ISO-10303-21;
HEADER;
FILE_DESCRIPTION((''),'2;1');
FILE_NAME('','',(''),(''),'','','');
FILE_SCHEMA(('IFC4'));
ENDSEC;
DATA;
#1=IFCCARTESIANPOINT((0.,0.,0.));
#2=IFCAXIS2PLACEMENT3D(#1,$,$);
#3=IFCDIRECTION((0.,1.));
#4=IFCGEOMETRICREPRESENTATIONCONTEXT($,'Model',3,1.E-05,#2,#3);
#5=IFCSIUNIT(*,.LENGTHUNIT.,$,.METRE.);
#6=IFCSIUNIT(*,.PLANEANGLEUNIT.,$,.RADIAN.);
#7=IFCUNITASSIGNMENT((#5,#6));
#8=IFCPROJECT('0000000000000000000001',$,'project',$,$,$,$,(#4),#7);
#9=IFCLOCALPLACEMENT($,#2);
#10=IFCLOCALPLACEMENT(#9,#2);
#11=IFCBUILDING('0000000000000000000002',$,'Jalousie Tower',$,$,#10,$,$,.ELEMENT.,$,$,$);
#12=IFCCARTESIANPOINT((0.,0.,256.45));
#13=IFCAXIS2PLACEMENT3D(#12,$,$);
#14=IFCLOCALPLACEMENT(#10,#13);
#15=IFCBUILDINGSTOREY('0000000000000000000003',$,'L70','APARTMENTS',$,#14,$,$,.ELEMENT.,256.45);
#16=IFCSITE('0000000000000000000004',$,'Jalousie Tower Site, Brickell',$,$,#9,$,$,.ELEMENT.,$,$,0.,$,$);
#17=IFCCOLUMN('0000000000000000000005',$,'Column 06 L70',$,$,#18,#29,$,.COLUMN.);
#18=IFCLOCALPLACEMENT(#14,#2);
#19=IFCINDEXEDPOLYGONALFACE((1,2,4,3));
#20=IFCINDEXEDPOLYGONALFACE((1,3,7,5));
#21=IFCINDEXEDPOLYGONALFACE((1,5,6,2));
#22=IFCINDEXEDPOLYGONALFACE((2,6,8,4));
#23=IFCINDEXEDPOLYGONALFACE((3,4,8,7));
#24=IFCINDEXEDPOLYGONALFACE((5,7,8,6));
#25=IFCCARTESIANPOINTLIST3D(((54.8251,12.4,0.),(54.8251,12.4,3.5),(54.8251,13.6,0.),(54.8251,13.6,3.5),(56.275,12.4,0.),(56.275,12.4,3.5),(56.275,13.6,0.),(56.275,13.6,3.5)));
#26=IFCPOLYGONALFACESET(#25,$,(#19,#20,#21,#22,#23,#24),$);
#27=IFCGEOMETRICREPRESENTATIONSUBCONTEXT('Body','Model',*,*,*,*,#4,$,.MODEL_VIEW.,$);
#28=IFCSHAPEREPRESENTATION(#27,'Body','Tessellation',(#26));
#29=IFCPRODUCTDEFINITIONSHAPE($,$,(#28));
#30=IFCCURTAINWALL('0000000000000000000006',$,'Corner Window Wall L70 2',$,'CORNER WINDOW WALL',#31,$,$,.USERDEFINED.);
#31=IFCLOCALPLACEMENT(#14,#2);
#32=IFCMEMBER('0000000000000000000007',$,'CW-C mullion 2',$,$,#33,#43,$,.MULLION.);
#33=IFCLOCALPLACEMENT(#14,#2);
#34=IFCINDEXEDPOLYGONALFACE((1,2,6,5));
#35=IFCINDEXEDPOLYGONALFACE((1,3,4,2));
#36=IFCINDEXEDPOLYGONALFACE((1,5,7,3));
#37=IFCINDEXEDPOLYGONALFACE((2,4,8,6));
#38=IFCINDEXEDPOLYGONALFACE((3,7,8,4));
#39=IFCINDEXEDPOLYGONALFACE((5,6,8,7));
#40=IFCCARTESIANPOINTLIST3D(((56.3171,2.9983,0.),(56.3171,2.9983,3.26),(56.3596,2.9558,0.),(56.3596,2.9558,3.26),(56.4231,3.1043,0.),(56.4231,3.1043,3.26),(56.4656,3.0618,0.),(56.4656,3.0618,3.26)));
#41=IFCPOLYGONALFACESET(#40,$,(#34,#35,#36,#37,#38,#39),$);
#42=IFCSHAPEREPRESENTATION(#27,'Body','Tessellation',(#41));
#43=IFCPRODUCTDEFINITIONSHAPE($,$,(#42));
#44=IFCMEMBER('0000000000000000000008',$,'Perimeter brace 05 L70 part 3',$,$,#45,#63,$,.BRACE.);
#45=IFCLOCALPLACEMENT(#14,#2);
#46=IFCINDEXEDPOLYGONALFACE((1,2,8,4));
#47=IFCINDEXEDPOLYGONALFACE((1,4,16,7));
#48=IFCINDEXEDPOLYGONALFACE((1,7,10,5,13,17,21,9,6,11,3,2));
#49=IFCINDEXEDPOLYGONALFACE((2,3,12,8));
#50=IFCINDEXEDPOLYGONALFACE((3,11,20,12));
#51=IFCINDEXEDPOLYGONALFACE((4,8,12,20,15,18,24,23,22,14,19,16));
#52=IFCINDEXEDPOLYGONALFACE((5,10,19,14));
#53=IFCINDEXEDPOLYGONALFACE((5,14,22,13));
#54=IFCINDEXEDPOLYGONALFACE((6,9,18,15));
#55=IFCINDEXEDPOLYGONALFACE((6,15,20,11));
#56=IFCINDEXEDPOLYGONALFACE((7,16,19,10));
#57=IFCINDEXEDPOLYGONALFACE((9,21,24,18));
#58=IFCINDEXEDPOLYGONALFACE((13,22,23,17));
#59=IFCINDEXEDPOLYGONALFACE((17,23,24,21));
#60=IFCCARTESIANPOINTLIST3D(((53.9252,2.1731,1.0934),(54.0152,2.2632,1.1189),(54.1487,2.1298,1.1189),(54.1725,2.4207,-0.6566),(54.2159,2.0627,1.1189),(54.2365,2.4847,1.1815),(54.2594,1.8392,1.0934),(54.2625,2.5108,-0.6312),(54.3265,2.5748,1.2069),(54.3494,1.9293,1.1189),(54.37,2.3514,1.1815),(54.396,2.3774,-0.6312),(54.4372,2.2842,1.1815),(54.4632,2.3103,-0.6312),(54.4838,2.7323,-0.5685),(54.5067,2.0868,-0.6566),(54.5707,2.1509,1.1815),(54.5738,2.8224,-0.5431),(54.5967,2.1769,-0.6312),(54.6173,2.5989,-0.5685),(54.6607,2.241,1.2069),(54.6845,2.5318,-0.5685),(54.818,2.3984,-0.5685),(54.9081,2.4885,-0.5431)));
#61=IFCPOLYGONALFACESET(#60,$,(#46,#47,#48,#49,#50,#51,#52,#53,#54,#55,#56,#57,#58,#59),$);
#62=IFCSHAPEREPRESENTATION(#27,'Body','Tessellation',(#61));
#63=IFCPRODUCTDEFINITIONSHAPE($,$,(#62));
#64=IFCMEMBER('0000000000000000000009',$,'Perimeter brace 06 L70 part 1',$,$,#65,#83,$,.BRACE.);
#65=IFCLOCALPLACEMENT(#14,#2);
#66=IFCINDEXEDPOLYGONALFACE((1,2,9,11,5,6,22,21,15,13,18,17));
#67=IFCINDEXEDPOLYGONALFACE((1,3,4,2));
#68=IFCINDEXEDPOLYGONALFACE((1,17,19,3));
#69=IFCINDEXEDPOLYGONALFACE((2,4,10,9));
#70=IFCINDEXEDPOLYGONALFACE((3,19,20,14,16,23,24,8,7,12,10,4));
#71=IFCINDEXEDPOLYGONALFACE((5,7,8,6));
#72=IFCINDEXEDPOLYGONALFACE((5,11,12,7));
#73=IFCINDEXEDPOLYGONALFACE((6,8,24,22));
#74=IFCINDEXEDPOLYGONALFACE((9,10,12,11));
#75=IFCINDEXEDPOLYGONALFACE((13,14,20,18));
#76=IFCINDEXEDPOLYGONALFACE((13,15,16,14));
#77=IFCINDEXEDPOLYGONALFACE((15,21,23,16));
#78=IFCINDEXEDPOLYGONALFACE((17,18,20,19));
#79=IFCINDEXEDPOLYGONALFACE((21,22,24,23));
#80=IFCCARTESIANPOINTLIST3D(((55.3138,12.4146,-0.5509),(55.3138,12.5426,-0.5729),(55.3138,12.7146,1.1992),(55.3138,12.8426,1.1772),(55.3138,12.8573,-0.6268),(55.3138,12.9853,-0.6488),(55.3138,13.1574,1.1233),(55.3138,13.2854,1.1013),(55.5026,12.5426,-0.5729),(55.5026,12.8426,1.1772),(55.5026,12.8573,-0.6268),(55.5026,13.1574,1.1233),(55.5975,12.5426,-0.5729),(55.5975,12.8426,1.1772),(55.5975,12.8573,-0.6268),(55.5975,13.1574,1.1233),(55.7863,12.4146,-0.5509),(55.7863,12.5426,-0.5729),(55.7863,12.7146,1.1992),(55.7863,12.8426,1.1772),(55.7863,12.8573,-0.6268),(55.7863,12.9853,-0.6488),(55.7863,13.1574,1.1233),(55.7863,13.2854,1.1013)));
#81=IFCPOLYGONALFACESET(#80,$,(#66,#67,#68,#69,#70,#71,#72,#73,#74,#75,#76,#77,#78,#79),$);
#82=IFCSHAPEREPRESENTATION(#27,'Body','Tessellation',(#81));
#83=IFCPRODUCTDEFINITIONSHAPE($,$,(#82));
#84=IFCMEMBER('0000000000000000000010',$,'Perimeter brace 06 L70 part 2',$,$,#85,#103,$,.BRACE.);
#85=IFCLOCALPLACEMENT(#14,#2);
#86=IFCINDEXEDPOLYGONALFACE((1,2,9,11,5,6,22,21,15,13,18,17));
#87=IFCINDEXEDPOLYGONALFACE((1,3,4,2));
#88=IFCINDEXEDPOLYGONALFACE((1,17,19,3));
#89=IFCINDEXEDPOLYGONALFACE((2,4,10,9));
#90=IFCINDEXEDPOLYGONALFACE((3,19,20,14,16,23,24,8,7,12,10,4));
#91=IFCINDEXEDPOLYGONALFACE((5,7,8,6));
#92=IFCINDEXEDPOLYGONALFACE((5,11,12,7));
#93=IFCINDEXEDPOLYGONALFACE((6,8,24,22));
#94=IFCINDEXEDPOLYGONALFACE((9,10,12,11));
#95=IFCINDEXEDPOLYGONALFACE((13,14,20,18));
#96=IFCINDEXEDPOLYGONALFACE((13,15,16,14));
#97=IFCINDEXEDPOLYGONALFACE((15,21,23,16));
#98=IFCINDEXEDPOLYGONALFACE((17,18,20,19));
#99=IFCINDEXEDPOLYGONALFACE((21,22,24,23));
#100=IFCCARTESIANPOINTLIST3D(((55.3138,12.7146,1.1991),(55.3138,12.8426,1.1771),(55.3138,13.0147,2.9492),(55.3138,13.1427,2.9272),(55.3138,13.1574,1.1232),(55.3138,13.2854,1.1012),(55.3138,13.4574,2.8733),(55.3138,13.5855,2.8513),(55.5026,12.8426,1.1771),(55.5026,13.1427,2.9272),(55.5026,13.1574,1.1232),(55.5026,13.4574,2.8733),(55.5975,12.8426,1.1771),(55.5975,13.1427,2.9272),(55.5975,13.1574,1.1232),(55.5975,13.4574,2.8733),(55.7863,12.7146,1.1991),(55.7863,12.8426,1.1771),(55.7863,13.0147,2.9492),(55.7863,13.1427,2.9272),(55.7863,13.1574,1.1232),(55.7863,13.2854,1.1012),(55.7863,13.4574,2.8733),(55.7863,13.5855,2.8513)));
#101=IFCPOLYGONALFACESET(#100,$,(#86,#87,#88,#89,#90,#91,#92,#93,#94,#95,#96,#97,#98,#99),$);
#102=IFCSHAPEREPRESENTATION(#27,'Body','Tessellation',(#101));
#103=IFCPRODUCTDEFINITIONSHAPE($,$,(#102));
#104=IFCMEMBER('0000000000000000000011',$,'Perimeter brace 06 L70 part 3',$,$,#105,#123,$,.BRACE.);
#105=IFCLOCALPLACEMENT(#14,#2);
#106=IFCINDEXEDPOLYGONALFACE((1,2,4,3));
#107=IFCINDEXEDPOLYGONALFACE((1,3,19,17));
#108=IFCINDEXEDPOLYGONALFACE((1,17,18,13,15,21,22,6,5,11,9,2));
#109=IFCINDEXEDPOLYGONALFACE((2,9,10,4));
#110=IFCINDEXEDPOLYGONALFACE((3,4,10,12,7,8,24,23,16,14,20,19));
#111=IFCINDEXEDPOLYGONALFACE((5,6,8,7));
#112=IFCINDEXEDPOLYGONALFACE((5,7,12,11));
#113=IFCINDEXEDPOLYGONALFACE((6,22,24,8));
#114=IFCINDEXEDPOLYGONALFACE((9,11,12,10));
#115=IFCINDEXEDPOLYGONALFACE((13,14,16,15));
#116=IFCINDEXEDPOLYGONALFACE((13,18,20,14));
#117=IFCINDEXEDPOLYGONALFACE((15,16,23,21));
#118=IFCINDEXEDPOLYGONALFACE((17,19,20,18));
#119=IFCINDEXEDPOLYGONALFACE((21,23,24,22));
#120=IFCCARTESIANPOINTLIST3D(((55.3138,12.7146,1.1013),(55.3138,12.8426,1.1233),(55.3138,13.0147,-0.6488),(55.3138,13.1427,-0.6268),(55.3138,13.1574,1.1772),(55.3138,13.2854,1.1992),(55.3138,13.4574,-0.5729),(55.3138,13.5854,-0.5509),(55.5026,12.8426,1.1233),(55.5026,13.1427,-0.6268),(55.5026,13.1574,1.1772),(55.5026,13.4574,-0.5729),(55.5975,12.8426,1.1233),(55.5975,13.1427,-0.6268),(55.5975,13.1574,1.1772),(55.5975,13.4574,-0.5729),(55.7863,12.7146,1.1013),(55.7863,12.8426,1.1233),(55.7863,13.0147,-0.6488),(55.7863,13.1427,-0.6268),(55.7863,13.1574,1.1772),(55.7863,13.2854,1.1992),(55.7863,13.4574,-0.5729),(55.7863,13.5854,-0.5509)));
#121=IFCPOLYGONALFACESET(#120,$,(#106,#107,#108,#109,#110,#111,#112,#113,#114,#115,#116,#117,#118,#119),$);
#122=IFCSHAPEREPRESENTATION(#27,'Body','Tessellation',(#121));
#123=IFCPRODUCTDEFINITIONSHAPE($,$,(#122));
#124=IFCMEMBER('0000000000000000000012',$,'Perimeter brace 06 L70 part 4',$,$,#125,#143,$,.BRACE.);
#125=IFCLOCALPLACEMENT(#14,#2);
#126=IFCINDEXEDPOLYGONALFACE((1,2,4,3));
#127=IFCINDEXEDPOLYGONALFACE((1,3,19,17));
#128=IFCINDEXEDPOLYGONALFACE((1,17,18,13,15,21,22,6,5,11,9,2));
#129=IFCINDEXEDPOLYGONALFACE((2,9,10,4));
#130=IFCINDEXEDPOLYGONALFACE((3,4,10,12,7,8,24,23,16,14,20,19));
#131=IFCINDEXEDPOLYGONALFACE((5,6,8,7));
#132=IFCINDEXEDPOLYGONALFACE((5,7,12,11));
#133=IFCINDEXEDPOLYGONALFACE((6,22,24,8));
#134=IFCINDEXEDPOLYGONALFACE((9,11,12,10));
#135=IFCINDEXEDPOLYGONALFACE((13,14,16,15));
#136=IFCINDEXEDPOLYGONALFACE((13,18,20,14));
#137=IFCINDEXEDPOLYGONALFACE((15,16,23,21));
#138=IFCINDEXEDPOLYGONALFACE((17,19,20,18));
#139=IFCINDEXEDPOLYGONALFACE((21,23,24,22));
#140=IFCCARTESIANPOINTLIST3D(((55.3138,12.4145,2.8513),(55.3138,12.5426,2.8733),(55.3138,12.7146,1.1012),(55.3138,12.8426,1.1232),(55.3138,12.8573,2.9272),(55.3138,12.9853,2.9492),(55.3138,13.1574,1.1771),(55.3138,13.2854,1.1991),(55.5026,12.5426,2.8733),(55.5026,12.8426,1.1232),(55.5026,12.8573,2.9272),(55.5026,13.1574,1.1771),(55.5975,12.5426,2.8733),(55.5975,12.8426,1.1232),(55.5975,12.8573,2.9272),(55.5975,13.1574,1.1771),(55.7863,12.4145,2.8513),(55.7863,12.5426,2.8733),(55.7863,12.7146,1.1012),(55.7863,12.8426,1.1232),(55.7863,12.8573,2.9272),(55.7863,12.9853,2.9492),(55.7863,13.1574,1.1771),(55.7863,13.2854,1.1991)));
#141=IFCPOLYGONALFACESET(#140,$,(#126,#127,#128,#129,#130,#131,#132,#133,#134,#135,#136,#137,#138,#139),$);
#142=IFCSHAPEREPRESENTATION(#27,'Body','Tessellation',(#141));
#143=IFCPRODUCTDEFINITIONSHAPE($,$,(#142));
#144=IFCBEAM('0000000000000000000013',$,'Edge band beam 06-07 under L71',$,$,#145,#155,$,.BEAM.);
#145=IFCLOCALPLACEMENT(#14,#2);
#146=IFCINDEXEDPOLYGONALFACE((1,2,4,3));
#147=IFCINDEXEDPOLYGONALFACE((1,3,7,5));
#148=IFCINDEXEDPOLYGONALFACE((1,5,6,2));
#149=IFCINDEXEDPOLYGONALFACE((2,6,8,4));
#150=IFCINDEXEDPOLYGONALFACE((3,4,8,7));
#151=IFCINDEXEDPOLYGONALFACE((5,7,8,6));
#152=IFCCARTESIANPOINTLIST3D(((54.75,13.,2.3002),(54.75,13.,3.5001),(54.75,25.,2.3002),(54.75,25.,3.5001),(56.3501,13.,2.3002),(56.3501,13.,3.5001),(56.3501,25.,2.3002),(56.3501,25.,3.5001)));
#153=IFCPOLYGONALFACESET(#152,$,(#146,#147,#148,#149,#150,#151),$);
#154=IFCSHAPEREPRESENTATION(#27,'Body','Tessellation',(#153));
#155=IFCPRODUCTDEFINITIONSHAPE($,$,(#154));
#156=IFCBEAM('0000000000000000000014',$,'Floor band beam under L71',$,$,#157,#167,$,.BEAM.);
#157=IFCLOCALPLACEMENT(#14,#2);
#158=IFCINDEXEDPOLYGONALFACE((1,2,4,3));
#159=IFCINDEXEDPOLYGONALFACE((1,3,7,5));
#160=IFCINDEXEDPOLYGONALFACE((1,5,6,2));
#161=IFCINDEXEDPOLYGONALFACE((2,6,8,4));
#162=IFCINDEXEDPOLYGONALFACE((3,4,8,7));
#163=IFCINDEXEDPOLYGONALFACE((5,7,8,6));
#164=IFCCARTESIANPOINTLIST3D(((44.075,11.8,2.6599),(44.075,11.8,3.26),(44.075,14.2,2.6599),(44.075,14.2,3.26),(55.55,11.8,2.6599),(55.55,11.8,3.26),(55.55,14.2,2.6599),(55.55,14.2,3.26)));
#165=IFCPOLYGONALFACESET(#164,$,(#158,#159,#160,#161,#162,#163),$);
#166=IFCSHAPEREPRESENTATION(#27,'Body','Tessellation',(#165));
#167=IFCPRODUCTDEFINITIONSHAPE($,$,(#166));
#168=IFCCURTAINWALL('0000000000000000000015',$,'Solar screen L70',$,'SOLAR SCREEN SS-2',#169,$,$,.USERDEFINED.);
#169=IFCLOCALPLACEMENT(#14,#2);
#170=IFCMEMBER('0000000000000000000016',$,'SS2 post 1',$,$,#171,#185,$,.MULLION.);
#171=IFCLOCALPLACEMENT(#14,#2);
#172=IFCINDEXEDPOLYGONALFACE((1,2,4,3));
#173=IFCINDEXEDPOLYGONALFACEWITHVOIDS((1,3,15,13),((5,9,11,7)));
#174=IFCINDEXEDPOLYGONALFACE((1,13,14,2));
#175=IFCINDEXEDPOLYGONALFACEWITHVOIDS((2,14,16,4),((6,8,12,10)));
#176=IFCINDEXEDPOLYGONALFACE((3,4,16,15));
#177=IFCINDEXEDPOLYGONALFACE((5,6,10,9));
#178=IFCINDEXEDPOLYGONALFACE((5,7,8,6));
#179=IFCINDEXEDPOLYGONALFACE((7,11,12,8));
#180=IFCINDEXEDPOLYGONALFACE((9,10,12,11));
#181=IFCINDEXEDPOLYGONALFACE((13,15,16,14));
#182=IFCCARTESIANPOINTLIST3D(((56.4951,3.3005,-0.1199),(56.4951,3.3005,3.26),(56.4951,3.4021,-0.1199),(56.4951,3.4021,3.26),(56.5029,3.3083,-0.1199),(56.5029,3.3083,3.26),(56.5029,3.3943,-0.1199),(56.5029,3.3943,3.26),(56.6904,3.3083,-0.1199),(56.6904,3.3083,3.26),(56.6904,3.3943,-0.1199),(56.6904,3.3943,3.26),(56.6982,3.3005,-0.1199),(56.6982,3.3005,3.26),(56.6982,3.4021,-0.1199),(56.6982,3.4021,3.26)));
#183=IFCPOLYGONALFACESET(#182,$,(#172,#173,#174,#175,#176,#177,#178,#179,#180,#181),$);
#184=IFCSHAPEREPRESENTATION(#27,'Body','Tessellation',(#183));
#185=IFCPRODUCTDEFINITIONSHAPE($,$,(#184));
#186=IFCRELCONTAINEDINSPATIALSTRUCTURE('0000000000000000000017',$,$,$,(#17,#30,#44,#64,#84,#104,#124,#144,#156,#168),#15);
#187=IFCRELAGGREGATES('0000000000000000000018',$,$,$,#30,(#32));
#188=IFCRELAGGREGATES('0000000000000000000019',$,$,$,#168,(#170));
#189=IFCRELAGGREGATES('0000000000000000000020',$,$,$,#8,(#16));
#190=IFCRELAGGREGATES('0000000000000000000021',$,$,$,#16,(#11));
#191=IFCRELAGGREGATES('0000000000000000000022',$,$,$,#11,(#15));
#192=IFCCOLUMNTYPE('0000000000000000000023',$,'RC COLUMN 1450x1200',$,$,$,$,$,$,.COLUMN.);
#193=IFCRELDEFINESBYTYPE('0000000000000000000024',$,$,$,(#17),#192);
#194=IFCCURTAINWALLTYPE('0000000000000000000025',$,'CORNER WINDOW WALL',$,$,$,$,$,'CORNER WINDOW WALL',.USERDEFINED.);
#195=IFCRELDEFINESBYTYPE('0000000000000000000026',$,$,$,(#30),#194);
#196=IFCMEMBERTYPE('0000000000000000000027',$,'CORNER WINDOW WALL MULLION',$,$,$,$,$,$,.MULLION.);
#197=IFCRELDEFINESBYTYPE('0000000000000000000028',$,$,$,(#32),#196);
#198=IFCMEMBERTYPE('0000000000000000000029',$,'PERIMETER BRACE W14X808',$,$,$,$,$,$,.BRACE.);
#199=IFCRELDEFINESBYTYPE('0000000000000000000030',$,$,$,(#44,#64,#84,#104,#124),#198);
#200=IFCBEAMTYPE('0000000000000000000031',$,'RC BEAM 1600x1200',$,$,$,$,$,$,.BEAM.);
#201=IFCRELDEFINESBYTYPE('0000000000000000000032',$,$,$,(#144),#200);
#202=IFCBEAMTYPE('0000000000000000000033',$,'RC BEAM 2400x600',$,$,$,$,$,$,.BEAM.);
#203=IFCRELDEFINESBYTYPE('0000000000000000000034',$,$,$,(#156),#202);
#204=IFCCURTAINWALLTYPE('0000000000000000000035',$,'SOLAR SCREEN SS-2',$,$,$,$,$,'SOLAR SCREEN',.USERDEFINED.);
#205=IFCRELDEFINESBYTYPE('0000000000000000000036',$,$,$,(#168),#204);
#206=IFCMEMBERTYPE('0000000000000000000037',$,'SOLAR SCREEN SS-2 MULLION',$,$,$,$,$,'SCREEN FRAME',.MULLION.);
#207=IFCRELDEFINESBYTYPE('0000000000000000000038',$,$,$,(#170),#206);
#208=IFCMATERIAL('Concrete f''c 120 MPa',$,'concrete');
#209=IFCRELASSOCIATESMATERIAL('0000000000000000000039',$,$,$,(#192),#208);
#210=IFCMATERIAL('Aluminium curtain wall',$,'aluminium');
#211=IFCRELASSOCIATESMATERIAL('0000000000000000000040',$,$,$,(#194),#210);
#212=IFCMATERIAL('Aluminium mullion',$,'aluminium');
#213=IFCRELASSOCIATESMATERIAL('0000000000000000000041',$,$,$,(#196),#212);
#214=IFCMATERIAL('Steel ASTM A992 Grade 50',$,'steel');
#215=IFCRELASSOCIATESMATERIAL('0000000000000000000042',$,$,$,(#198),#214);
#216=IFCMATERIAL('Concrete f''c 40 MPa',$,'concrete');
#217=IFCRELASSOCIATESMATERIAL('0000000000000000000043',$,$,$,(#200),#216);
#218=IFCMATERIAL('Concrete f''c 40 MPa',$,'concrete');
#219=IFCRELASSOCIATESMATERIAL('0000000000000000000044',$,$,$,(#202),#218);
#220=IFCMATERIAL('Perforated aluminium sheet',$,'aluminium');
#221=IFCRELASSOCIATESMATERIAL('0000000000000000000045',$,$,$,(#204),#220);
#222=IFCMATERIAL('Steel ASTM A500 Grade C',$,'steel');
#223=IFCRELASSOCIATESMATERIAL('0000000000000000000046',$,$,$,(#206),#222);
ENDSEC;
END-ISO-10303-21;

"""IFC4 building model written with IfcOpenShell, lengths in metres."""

from ifc_helpers import new_model, si_unit, direction, frame, origin, origin_2d, place, context, subcontext, project, spatial, rectangle, hollow_rectangle, i_section, extrude, material, material_profile, profile_set, type_object, element, aggregate, save


model = new_model("IFC4")

# Units and contexts
model_context = context("Model", 3, precision=1e-05, world=origin(), true_north=direction((0.0, 1.0)))
body_context = subcontext(model_context, "Body", "Model", "MODEL_VIEW")
ifc_project = project(units=[si_unit("LENGTHUNIT", "METRE"), si_unit("PLANEANGLEUNIT", "RADIAN")], contexts=[model_context])

# Site, building, storey
site_placement = place(None, origin())
site = spatial("IfcSite", under=ifc_project, at=site_placement, Name="Jalousie Tower Site, Brickell", CompositionType="ELEMENT", RefElevation=0.0)
building_placement = place(site_placement, origin())
building = spatial("IfcBuilding", under=site, at=building_placement, Name="Jalousie Tower", CompositionType="ELEMENT")
storey_placement = place(building_placement, frame((0.0, 0.0, 256.45)))
storey = spatial("IfcBuildingStorey", under=building, at=storey_placement, Name="L70", Description="APARTMENTS", CompositionType="ELEMENT", Elevation=256.45)

# Column
ifc_material_1 = material(Name="Concrete f'c 120 MPa", Category="concrete")
ifc_material_profile_1 = material_profile(ifc_material_1, rectangle(XDim=1.45, YDim=1.2, at=origin_2d()), Name="RC 1450x1200")
ifc_profile_set_1 = profile_set([ifc_material_profile_1], Name="Concrete f'c 120 MPa")
column_type = type_object("IfcColumnType", Name="RC COLUMN 1450x1200", PredefinedType="COLUMN", material=ifc_profile_set_1)
column_placement = place(storey_placement, frame((55.55, 13.0, 0.0), z_axis=(0.0, 0.0, 1.0), x_axis=(1.0, 0.0, 0.0)))
element("IfcColumn", 1, at=column_placement, inside=storey, type_object=column_type, Name="Column 06 L70", PredefinedType="COLUMN", context=body_context, shape_type="SweptSolid", body=[
    extrude(rectangle(XDim=1.45, YDim=1.2, at=origin_2d()), origin(), (0.0, 0.0, 1.0), 3.5),
])

# Curtain wall, member
ifc_material_2 = material(Name="Aluminium curtain wall", Category="aluminium")
curtain_wall_type_1 = type_object("IfcCurtainWallType", Name="CORNER WINDOW WALL", ElementType="CORNER WINDOW WALL", PredefinedType="USERDEFINED", material=ifc_material_2)
curtain_wall_1_placement = place(storey_placement, origin())
curtain_wall_1 = element("IfcCurtainWall", 2, at=curtain_wall_1_placement, inside=storey, type_object=curtain_wall_type_1, Name="Corner Window Wall L70 2", ObjectType="CORNER WINDOW WALL", PredefinedType="USERDEFINED")
ifc_material_3 = material(Name="Aluminium mullion", Category="aluminium")
ifc_material_profile_2 = material_profile(ifc_material_3, rectangle(XDim=0.0601, YDim=0.1499, at=origin_2d()), Name="MULLION 60x150")
ifc_profile_set_2 = profile_set([ifc_material_profile_2], Name="Aluminium mullion")
member_type_1 = type_object("IfcMemberType", Name="CORNER WINDOW WALL MULLION", PredefinedType="MULLION", material=ifc_profile_set_2)
member_1_placement = place(storey_placement, frame((56.3914, 3.03, 0.0), z_axis=(0.0, 0.0, 1.0), x_axis=(-0.707107, 0.707107, 0.0)))
member_1 = element("IfcMember", 3, at=member_1_placement, type_object=member_type_1, Name="CW-C mullion 2", PredefinedType="MULLION", context=body_context, shape_type="SweptSolid", body=[
    extrude(rectangle(XDim=0.0601, YDim=0.1499, at=origin_2d()), origin(), (0.0, 0.0, 1.0), 3.26),
])
aggregate(curtain_wall_1, [member_1])

# Members
ifc_material_4 = material(Name="Steel ASTM A992 Grade 50", Category="steel")
ifc_material_profile_3 = material_profile(ifc_material_4, i_section(OverallWidth=0.4724, OverallDepth=0.5791, WebThickness=0.095, FlangeThickness=0.1299, at=origin_2d()), Name="W14X808")
ifc_profile_set_3 = profile_set([ifc_material_profile_3], Name="Steel ASTM A992 Grade 50")
member_type_2 = type_object("IfcMemberType", Name="PERIMETER BRACE W14X808", PredefinedType="BRACE", material=ifc_profile_set_3)
member_2_placement = place(storey_placement, frame((54.5403, 2.4546, -0.5999), z_axis=(-0.138579, -0.138716, 0.980588), x_axis=(0.707456, -0.706758, 0.0)))
element("IfcMember", 4, at=member_2_placement, inside=storey, type_object=member_type_2, Name="Perimeter brace 05 L70 part 3", PredefinedType="BRACE", context=body_context, shape_type="SweptSolid", body=[
    extrude(i_section(OverallWidth=0.4724, OverallDepth=0.5791, WebThickness=0.095, FlangeThickness=0.1299, at=origin_2d()), origin(), (0.0, 0.0, 1.0), 1.7847),
])
for number, where, z_axis, x_axis, name in (
    (5, (55.55, 12.7, -0.5999), (0.0, 0.168991, 0.985618), (-1.0, 0.0, 0.0), "Perimeter brace 06 L70 part 1"),
    (6, (55.55, 13.0, 1.1501), (0.0, 0.168991, 0.985618), (-1.0, 0.0, 0.0), "Perimeter brace 06 L70 part 2"),
    (7, (55.55, 13.3, -0.5999), (0.0, -0.168991, 0.985618), (1.0, 0.0, 0.0), "Perimeter brace 06 L70 part 3"),
    (8, (55.55, 13.0, 1.1501), (0.0, -0.168991, 0.985618), (1.0, 0.0, 0.0), "Perimeter brace 06 L70 part 4"),
):
    element("IfcMember", number, at=place(storey_placement, frame(where, z_axis=z_axis, x_axis=x_axis)), inside=storey, type_object=member_type_2, Name=name, PredefinedType="BRACE", context=body_context, shape_type="SweptSolid", body=[
        extrude(i_section(OverallWidth=0.4724, OverallDepth=0.5791, WebThickness=0.095, FlangeThickness=0.1299, at=origin_2d()), origin(), (0.0, 0.0, 1.0), 1.7756),
    ])

# Beams
ifc_material_5 = material(Name="Concrete f'c 40 MPa", Category="concrete")
ifc_material_profile_4 = material_profile(ifc_material_5, rectangle(XDim=1.6001, YDim=1.2, at=origin_2d()), Name="RC 1600x1200")
ifc_profile_set_4 = profile_set([ifc_material_profile_4], Name="Concrete f'c 40 MPa")
beam_type_1 = type_object("IfcBeamType", Name="RC BEAM 1600x1200", PredefinedType="BEAM", material=ifc_profile_set_4)
beam_1_placement = place(storey_placement, frame((55.55, 13.0, 2.9001), z_axis=(0.0, 1.0, 0.0), x_axis=(-1.0, 0.0, 0.0)))
element("IfcBeam", 9, at=beam_1_placement, inside=storey, type_object=beam_type_1, Name="Edge band beam 06-07 under L71", PredefinedType="BEAM", context=body_context, shape_type="SweptSolid", body=[
    extrude(rectangle(XDim=1.6001, YDim=1.2, at=origin_2d()), origin(), (0.0, 0.0, 1.0), 12.0),
])
ifc_material_6 = material(Name="Concrete f'c 40 MPa", Category="concrete")
ifc_material_profile_5 = material_profile(ifc_material_6, rectangle(XDim=2.3999, YDim=0.6001, at=origin_2d()), Name="RC 2400x600")
ifc_profile_set_5 = profile_set([ifc_material_profile_5], Name="Concrete f'c 40 MPa")
beam_type_2 = type_object("IfcBeamType", Name="RC BEAM 2400x600", PredefinedType="BEAM", material=ifc_profile_set_5)
beam_2_placement = place(storey_placement, frame((55.55, 13.0, 2.96), z_axis=(-1.0, 0.0, 0.0), x_axis=(0.0, -1.0, 0.0)))
element("IfcBeam", 10, at=beam_2_placement, inside=storey, type_object=beam_type_2, Name="Floor band beam under L71", PredefinedType="BEAM", context=body_context, shape_type="SweptSolid", body=[
    extrude(rectangle(XDim=2.3999, YDim=0.6001, at=origin_2d()), origin(), (0.0, 0.0, 1.0), 11.4751),
])

# Curtain wall, member
ifc_material_7 = material(Name="Perforated aluminium sheet", Category="aluminium")
curtain_wall_type_2 = type_object("IfcCurtainWallType", Name="SOLAR SCREEN SS-2", ElementType="SOLAR SCREEN", PredefinedType="USERDEFINED", material=ifc_material_7)
curtain_wall_2_placement = place(storey_placement, origin())
curtain_wall_2 = element("IfcCurtainWall", 11, at=curtain_wall_2_placement, inside=storey, type_object=curtain_wall_type_2, Name="Solar screen L70", ObjectType="SOLAR SCREEN SS-2", PredefinedType="USERDEFINED")
ifc_material_8 = material(Name="Steel ASTM A500 Grade C", Category="steel")
ifc_material_profile_6 = material_profile(ifc_material_8, hollow_rectangle(XDim=0.1016, YDim=0.2031, WallThickness=0.0078, at=origin_2d()), Name="HSS8X4X5/16")
ifc_profile_set_6 = profile_set([ifc_material_profile_6], Name="Steel ASTM A500 Grade C")
member_type_3 = type_object("IfcMemberType", Name="SOLAR SCREEN SS-2 MULLION", ElementType="SCREEN FRAME", PredefinedType="MULLION", material=ifc_profile_set_6)
member_3_placement = place(storey_placement, frame((56.5967, 3.3513, -0.1199), z_axis=(0.0, 0.0, 1.0), x_axis=(0.0, 1.0, 0.0)))
member_3 = element("IfcMember", 12, at=member_3_placement, type_object=member_type_3, Name="SS2 post 1", PredefinedType="MULLION", context=body_context, shape_type="SweptSolid", body=[
    extrude(hollow_rectangle(XDim=0.1016, YDim=0.2031, WallThickness=0.0078, at=origin_2d()), origin(), (0.0, 0.0, 1.0), 3.3799),
])
aggregate(curtain_wall_2, [member_3])

save(model, "model.ifc")
